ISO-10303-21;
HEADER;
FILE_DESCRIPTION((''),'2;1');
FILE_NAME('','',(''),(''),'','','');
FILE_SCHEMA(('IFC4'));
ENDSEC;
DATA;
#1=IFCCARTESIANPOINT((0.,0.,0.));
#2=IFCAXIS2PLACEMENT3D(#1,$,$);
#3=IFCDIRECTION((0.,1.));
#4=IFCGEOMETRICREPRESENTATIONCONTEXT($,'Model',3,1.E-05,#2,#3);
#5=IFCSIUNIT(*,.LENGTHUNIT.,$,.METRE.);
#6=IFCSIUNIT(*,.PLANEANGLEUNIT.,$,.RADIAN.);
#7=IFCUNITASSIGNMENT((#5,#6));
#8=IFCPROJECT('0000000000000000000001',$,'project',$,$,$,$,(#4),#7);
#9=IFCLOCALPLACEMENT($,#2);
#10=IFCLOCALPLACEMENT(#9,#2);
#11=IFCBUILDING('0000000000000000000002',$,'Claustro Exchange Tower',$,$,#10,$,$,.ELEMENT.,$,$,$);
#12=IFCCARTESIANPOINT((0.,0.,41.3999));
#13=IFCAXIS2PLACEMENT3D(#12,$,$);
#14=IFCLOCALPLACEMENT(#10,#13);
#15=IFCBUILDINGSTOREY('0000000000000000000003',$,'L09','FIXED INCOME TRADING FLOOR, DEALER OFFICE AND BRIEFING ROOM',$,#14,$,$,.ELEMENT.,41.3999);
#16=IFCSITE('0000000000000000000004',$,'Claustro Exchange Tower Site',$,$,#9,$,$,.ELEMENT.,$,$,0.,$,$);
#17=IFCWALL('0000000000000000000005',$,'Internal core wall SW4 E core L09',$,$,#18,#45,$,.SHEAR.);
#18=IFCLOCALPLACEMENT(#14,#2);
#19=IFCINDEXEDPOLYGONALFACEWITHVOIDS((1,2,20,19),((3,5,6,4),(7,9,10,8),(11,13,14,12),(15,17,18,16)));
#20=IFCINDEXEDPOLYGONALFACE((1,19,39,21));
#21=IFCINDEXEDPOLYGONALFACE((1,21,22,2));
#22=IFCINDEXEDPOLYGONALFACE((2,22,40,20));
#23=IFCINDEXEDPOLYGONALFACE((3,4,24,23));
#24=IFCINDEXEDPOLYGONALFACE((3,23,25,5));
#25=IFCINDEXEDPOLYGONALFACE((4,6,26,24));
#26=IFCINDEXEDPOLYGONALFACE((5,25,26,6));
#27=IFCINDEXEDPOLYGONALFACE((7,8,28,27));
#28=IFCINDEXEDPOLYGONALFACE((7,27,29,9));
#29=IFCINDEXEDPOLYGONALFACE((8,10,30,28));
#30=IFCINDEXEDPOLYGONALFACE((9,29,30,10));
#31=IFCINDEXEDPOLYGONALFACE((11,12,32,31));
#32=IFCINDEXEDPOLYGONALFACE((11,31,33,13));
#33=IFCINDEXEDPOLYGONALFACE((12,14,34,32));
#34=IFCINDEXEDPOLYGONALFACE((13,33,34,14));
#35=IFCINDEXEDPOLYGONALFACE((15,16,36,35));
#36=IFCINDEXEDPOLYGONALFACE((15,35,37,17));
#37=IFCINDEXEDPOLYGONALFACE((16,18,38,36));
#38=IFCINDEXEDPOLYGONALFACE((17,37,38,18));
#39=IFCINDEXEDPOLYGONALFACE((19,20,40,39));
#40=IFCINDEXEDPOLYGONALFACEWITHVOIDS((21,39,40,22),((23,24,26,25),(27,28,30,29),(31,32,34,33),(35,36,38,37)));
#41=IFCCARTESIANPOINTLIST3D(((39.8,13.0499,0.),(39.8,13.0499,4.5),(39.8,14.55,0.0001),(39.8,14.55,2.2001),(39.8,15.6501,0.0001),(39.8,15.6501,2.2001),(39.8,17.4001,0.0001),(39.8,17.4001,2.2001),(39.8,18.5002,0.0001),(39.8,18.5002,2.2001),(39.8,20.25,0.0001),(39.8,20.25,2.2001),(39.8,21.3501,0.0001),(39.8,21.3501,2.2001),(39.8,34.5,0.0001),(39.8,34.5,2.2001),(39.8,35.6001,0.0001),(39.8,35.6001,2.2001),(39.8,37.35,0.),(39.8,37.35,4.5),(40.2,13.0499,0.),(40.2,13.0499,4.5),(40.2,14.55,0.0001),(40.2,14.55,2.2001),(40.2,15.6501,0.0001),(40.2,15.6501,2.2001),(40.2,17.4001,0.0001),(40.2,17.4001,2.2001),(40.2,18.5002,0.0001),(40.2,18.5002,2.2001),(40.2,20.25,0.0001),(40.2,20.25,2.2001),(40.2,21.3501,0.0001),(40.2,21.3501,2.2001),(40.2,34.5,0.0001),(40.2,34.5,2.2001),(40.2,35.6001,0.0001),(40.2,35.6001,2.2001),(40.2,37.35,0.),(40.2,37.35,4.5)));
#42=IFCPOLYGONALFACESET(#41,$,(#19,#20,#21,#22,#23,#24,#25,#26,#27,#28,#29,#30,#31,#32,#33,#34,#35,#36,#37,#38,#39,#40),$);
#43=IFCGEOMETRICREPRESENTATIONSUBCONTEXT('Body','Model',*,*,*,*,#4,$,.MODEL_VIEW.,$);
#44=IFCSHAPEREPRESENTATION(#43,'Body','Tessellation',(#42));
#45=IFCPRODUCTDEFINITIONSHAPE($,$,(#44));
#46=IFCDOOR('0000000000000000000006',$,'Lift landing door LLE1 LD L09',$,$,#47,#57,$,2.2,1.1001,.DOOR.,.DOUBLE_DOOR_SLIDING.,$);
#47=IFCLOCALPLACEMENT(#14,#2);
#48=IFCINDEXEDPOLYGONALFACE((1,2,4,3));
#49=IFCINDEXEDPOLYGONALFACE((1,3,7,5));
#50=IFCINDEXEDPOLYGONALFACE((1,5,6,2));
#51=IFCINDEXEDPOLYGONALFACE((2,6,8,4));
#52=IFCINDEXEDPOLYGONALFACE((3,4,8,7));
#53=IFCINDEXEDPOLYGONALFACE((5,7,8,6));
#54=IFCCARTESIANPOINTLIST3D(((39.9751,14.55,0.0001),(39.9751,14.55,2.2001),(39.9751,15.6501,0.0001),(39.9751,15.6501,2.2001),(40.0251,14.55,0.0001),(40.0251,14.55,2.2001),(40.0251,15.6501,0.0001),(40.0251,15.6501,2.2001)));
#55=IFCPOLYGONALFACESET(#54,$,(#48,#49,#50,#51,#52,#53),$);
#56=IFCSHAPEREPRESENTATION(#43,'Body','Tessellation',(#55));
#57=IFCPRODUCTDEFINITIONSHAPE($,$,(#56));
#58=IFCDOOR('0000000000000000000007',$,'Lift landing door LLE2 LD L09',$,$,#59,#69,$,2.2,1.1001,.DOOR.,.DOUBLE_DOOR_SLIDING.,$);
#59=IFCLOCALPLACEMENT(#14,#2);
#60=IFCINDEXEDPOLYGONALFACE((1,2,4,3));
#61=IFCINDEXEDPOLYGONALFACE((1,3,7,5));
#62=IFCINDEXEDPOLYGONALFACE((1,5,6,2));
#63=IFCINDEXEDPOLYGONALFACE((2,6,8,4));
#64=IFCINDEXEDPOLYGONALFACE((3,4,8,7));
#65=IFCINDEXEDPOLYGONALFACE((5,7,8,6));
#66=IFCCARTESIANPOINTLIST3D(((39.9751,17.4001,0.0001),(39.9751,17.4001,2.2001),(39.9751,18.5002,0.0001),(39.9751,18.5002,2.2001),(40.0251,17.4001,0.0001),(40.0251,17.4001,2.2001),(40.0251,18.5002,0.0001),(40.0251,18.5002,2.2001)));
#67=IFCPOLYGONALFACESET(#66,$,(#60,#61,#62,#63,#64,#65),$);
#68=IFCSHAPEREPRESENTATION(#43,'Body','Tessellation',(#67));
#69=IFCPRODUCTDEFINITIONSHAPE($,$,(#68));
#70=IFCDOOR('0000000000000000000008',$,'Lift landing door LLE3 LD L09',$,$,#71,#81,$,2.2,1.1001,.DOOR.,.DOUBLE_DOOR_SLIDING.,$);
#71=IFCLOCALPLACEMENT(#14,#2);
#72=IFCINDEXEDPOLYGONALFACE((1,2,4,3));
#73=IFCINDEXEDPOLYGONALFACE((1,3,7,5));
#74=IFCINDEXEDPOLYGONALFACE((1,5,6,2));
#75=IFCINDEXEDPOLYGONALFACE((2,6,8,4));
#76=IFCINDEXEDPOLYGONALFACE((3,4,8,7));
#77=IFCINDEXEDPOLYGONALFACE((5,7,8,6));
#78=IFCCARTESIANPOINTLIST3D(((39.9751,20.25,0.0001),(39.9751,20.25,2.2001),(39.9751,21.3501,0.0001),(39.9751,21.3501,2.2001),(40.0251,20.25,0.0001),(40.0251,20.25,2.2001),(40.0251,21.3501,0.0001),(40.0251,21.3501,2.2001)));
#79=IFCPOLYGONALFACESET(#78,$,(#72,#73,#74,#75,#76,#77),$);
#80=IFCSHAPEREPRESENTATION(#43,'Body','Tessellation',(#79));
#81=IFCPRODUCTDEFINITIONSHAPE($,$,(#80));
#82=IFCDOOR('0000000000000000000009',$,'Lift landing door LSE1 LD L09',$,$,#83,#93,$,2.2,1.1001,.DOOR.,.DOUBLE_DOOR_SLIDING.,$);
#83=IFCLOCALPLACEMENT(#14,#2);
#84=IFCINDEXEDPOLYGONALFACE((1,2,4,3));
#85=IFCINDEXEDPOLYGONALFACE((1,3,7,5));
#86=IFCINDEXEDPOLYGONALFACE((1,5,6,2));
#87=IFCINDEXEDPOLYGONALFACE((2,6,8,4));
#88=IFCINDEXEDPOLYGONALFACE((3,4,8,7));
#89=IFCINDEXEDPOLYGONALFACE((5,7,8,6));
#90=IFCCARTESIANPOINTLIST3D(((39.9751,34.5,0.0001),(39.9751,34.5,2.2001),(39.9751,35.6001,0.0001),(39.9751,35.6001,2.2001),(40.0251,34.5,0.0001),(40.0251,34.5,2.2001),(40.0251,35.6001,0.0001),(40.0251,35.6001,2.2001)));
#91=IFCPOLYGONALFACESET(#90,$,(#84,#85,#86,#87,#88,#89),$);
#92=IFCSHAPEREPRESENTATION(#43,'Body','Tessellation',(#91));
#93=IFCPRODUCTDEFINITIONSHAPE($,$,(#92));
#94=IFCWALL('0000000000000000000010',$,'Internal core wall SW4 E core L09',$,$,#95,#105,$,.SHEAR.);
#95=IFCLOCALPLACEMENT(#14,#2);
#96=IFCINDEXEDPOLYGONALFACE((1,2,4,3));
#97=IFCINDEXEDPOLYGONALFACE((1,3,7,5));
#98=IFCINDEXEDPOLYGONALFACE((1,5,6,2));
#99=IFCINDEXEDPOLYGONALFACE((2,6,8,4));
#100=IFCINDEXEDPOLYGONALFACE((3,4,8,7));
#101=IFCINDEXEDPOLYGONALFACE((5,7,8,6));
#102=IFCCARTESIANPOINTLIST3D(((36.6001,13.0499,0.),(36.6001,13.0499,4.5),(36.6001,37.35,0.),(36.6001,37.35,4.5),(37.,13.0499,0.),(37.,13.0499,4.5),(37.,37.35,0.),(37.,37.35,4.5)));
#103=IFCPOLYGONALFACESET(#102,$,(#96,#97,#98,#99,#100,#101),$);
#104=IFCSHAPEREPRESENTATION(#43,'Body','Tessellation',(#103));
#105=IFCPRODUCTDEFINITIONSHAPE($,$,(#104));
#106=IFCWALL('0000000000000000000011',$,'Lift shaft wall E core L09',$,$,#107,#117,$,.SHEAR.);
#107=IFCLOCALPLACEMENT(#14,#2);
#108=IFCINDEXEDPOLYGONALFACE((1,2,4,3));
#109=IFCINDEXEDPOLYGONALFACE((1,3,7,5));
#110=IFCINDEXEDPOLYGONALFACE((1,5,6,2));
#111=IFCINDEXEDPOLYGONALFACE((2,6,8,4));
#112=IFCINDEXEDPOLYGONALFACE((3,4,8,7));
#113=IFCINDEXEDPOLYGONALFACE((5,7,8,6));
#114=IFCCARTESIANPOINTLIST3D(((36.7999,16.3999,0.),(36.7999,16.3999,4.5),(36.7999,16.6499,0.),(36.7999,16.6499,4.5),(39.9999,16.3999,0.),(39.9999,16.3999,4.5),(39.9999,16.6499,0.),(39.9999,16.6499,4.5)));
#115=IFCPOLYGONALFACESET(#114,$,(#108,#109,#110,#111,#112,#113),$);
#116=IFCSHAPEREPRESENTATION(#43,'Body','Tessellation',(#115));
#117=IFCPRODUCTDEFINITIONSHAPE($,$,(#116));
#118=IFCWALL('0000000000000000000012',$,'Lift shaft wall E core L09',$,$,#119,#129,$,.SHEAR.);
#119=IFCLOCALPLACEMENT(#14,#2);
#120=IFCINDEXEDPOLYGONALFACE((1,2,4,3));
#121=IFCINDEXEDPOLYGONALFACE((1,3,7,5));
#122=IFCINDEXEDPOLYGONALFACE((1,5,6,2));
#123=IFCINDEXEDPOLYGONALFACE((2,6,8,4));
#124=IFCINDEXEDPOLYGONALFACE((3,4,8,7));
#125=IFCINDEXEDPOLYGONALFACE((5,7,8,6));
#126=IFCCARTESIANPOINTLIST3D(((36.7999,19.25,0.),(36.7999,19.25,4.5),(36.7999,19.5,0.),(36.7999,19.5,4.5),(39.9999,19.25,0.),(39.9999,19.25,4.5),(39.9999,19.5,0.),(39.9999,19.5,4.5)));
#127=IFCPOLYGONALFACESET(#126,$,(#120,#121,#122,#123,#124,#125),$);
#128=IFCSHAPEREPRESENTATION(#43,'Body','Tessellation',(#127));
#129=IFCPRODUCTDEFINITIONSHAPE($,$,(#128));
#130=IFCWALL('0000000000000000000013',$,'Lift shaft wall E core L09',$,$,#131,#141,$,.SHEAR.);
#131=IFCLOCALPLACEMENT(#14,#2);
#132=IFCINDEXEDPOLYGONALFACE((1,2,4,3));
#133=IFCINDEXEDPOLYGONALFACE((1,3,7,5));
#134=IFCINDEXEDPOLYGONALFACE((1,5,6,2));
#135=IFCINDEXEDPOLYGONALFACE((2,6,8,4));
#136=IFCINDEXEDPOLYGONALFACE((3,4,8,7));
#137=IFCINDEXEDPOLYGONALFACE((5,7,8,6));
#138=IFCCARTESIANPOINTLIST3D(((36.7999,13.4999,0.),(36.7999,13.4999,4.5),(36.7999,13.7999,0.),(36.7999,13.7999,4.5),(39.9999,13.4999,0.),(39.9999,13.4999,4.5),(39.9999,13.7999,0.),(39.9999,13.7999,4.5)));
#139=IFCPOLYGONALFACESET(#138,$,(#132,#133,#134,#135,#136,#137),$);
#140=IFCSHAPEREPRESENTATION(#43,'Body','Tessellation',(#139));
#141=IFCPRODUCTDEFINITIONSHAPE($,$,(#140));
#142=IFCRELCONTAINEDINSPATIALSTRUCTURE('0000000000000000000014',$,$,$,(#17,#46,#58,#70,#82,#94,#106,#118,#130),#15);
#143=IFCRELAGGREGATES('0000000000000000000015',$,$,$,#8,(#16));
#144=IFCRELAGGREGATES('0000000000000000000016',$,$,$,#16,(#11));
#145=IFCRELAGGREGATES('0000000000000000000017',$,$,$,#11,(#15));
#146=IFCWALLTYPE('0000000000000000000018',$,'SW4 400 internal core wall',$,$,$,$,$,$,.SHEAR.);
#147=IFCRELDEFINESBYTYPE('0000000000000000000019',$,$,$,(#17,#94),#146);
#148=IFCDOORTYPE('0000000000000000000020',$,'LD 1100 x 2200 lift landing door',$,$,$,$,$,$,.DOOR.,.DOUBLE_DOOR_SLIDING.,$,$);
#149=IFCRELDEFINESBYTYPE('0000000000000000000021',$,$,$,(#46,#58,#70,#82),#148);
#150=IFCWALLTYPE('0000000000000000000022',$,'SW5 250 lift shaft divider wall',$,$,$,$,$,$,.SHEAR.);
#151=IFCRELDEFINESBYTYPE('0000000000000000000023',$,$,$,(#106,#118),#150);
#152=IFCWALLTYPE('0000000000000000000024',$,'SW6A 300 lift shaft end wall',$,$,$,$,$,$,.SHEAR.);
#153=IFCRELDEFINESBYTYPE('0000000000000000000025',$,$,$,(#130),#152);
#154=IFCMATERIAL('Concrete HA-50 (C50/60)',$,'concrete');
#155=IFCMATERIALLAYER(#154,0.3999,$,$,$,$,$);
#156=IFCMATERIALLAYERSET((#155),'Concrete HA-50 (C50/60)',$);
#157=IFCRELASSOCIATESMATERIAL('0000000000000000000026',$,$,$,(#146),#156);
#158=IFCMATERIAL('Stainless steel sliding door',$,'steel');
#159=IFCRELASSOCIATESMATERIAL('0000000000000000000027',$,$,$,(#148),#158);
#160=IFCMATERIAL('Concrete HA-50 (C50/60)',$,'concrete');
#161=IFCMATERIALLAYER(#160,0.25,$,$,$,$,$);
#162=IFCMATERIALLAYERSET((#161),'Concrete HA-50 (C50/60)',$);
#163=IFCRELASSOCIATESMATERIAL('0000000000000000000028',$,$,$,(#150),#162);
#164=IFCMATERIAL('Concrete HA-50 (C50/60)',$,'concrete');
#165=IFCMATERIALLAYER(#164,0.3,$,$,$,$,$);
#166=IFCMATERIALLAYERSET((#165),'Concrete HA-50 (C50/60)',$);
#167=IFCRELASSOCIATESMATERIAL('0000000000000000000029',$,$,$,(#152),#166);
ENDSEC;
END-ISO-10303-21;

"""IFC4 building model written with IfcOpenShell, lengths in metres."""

from ifc_helpers import new_model, si_unit, direction, frame, frame_2d, origin, place, context, subcontext, project, spatial, rectangle, extrude, material, layer, layer_set, type_object, element, fill, save


model = new_model("IFC4")

# Units and contexts
model_context = context("Model", 3, precision=1e-05, world=origin(), true_north=direction((0.0, 1.0)))
body_context = subcontext(model_context, "Body", "Model", "MODEL_VIEW")
ifc_project = project(units=[si_unit("LENGTHUNIT", "METRE"), si_unit("PLANEANGLEUNIT", "RADIAN")], contexts=[model_context])

# Site, building, storey
site_placement = place(None, origin())
site = spatial("IfcSite", under=ifc_project, at=site_placement, Name="Claustro Exchange Tower Site", CompositionType="ELEMENT", RefElevation=0.0)
building_placement = place(site_placement, origin())
building = spatial("IfcBuilding", under=site, at=building_placement, Name="Claustro Exchange Tower", CompositionType="ELEMENT")
storey_placement = place(building_placement, frame((0.0, 0.0, 41.3999)))
storey = spatial("IfcBuildingStorey", under=building, at=storey_placement, Name="L09", Description="FIXED INCOME TRADING FLOOR, DEALER OFFICE AND BRIEFING ROOM", CompositionType="ELEMENT", Elevation=41.3999)

# Wall, openings, doors
ifc_material_1 = material(Name="Concrete HA-50 (C50/60)", Category="concrete")
ifc_layer_1 = layer(ifc_material_1, 0.3999)
ifc_layer_set_1 = layer_set([ifc_layer_1], Name="Concrete HA-50 (C50/60)")
wall_type_1 = type_object("IfcWallType", Name="SW4 400 internal core wall", PredefinedType="SHEAR", material=ifc_layer_set_1)
wall_1_placement = place(storey_placement, frame((40.0, 13.05, 0.0), z_axis=(0.0, 0.0, 1.0), x_axis=(0.0, 1.0, 0.0)))
wall_1 = element("IfcWall", 1, at=wall_1_placement, inside=storey, type_object=wall_type_1, Name="Internal core wall SW4 E core L09", PredefinedType="SHEAR", context=body_context, shape_type="SweptSolid", body=[
    extrude(rectangle(XDim=24.3, YDim=0.3999, at=frame_2d((12.1499, 0.0))), origin(), (0.0, 0.0, 1.0), 4.5),
])
opening_1_placement = place(wall_1_placement, frame((1.5, 0.0, 0.0)))
opening_1 = element("IfcOpeningElement", 2, at=opening_1_placement, cuts=wall_1, PredefinedType="OPENING", context=body_context, shape_type="SweptSolid", body=[
    extrude(rectangle(XDim=1.1001, YDim=2.2, at=frame_2d((0.55, 1.1001))), frame((0.0, 0.21, 0.0), z_axis=(0.0, -1.0, 0.0), x_axis=(1.0, 0.0, 0.0)), (0.0, 0.0, 1.0), 0.4199),
])
opening_2_placement = place(wall_1_placement, frame((4.3501, 0.0, 0.0)))
opening_2 = element("IfcOpeningElement", 3, at=opening_2_placement, cuts=wall_1, PredefinedType="OPENING", context=body_context, shape_type="SweptSolid", body=[
    extrude(rectangle(XDim=1.1001, YDim=2.2, at=frame_2d((0.55, 1.1001))), frame((0.0, 0.21, 0.0), z_axis=(0.0, -1.0, 0.0), x_axis=(1.0, 0.0, 0.0)), (0.0, 0.0, 1.0), 0.4199),
])
opening_3_placement = place(wall_1_placement, frame((7.2, 0.0, 0.0)))
opening_3 = element("IfcOpeningElement", 4, at=opening_3_placement, cuts=wall_1, PredefinedType="OPENING", context=body_context, shape_type="SweptSolid", body=[
    extrude(rectangle(XDim=1.1001, YDim=2.2, at=frame_2d((0.55, 1.1001))), frame((0.0, 0.21, 0.0), z_axis=(0.0, -1.0, 0.0), x_axis=(1.0, 0.0, 0.0)), (0.0, 0.0, 1.0), 0.4199),
])
opening_4_placement = place(wall_1_placement, frame((21.45, 0.0, 0.0)))
opening_4 = element("IfcOpeningElement", 5, at=opening_4_placement, cuts=wall_1, PredefinedType="OPENING", context=body_context, shape_type="SweptSolid", body=[
    extrude(rectangle(XDim=1.1001, YDim=2.2, at=frame_2d((0.55, 1.1001))), frame((0.0, 0.21, 0.0), z_axis=(0.0, -1.0, 0.0), x_axis=(1.0, 0.0, 0.0)), (0.0, 0.0, 1.0), 0.4199),
])
ifc_material_2 = material(Name="Stainless steel sliding door", Category="steel")
door_type_1 = type_object("IfcDoorType", Name="LD 1100 x 2200 lift landing door", OperationType="DOUBLE_DOOR_SLIDING", PredefinedType="DOOR", material=ifc_material_2)
door_1_placement = place(opening_1_placement, origin())
door_1 = element("IfcDoor", 6, at=door_1_placement, inside=storey, type_object=door_type_1, Name="Lift landing door LLE1 LD L09", OperationType="DOUBLE_DOOR_SLIDING", OverallHeight=2.2, OverallWidth=1.1001, PredefinedType="DOOR", context=body_context, shape_type="SweptSolid", body=[
    extrude(rectangle(XDim=1.1001, YDim=2.2, at=frame_2d((0.55, 1.1001))), frame((0.0, 0.0249, 0.0), z_axis=(0.0, -1.0, 0.0), x_axis=(1.0, 0.0, 0.0)), (0.0, 0.0, 1.0), 0.05),
])
fill(opening_1, door_1)
door_2_placement = place(opening_2_placement, origin())
door_2 = element("IfcDoor", 7, at=door_2_placement, inside=storey, type_object=door_type_1, Name="Lift landing door LLE2 LD L09", OperationType="DOUBLE_DOOR_SLIDING", OverallHeight=2.2, OverallWidth=1.1001, PredefinedType="DOOR", context=body_context, shape_type="SweptSolid", body=[
    extrude(rectangle(XDim=1.1001, YDim=2.2, at=frame_2d((0.55, 1.1001))), frame((0.0, 0.0249, 0.0), z_axis=(0.0, -1.0, 0.0), x_axis=(1.0, 0.0, 0.0)), (0.0, 0.0, 1.0), 0.05),
])
fill(opening_2, door_2)
door_3_placement = place(opening_3_placement, origin())
door_3 = element("IfcDoor", 8, at=door_3_placement, inside=storey, type_object=door_type_1, Name="Lift landing door LLE3 LD L09", OperationType="DOUBLE_DOOR_SLIDING", OverallHeight=2.2, OverallWidth=1.1001, PredefinedType="DOOR", context=body_context, shape_type="SweptSolid", body=[
    extrude(rectangle(XDim=1.1001, YDim=2.2, at=frame_2d((0.55, 1.1001))), frame((0.0, 0.0249, 0.0), z_axis=(0.0, -1.0, 0.0), x_axis=(1.0, 0.0, 0.0)), (0.0, 0.0, 1.0), 0.05),
])
fill(opening_3, door_3)
door_4_placement = place(opening_4_placement, origin())
door_4 = element("IfcDoor", 9, at=door_4_placement, inside=storey, type_object=door_type_1, Name="Lift landing door LSE1 LD L09", OperationType="DOUBLE_DOOR_SLIDING", OverallHeight=2.2, OverallWidth=1.1001, PredefinedType="DOOR", context=body_context, shape_type="SweptSolid", body=[
    extrude(rectangle(XDim=1.1001, YDim=2.2, at=frame_2d((0.55, 1.1001))), frame((0.0, 0.0249, 0.0), z_axis=(0.0, -1.0, 0.0), x_axis=(1.0, 0.0, 0.0)), (0.0, 0.0, 1.0), 0.05),
])
fill(opening_4, door_4)

# Walls
wall_2_placement = place(storey_placement, frame((36.8, 13.05, 0.0), z_axis=(0.0, 0.0, 1.0), x_axis=(0.0, 1.0, 0.0)))
element("IfcWall", 10, at=wall_2_placement, inside=storey, type_object=wall_type_1, Name="Internal core wall SW4 E core L09", PredefinedType="SHEAR", context=body_context, shape_type="SweptSolid", body=[
    extrude(rectangle(XDim=24.3, YDim=0.3999, at=frame_2d((12.1499, 0.0))), origin(), (0.0, 0.0, 1.0), 4.5),
])
ifc_material_3 = material(Name="Concrete HA-50 (C50/60)", Category="concrete")
ifc_layer_2 = layer(ifc_material_3, 0.25)
ifc_layer_set_2 = layer_set([ifc_layer_2], Name="Concrete HA-50 (C50/60)")
wall_type_2 = type_object("IfcWallType", Name="SW5 250 lift shaft divider wall", PredefinedType="SHEAR", material=ifc_layer_set_2)
for number, where, z_axis, x_axis, name in (
    (11, (40.0, 16.5249, 0.0), (0.0, 0.0, 1.0), (-1.0, 0.0, 0.0), "Lift shaft wall E core L09"),
    (12, (40.0, 19.375, 0.0), (0.0, 0.0, 1.0), (-1.0, 0.0, 0.0), "Lift shaft wall E core L09"),
):
    element("IfcWall", number, at=place(storey_placement, frame(where, z_axis=z_axis, x_axis=x_axis)), inside=storey, type_object=wall_type_2, Name=name, PredefinedType="SHEAR", context=body_context, shape_type="SweptSolid", body=[
        extrude(rectangle(XDim=3.2, YDim=0.25, at=frame_2d((1.6001, 0.0))), origin(), (0.0, 0.0, 1.0), 4.5),
    ])
ifc_material_4 = material(Name="Concrete HA-50 (C50/60)", Category="concrete")
ifc_layer_3 = layer(ifc_material_4, 0.3)
ifc_layer_set_3 = layer_set([ifc_layer_3], Name="Concrete HA-50 (C50/60)")
wall_type_3 = type_object("IfcWallType", Name="SW6A 300 lift shaft end wall", PredefinedType="SHEAR", material=ifc_layer_set_3)
wall_3_placement = place(storey_placement, frame((40.0, 13.6499, 0.0), z_axis=(0.0, 0.0, 1.0), x_axis=(-1.0, 0.0, 0.0)))
element("IfcWall", 13, at=wall_3_placement, inside=storey, type_object=wall_type_3, Name="Lift shaft wall E core L09", PredefinedType="SHEAR", context=body_context, shape_type="SweptSolid", body=[
    extrude(rectangle(XDim=3.2, YDim=0.3, at=frame_2d((1.6001, 0.0))), origin(), (0.0, 0.0, 1.0), 4.5),
])

save(model, "model.ifc")
